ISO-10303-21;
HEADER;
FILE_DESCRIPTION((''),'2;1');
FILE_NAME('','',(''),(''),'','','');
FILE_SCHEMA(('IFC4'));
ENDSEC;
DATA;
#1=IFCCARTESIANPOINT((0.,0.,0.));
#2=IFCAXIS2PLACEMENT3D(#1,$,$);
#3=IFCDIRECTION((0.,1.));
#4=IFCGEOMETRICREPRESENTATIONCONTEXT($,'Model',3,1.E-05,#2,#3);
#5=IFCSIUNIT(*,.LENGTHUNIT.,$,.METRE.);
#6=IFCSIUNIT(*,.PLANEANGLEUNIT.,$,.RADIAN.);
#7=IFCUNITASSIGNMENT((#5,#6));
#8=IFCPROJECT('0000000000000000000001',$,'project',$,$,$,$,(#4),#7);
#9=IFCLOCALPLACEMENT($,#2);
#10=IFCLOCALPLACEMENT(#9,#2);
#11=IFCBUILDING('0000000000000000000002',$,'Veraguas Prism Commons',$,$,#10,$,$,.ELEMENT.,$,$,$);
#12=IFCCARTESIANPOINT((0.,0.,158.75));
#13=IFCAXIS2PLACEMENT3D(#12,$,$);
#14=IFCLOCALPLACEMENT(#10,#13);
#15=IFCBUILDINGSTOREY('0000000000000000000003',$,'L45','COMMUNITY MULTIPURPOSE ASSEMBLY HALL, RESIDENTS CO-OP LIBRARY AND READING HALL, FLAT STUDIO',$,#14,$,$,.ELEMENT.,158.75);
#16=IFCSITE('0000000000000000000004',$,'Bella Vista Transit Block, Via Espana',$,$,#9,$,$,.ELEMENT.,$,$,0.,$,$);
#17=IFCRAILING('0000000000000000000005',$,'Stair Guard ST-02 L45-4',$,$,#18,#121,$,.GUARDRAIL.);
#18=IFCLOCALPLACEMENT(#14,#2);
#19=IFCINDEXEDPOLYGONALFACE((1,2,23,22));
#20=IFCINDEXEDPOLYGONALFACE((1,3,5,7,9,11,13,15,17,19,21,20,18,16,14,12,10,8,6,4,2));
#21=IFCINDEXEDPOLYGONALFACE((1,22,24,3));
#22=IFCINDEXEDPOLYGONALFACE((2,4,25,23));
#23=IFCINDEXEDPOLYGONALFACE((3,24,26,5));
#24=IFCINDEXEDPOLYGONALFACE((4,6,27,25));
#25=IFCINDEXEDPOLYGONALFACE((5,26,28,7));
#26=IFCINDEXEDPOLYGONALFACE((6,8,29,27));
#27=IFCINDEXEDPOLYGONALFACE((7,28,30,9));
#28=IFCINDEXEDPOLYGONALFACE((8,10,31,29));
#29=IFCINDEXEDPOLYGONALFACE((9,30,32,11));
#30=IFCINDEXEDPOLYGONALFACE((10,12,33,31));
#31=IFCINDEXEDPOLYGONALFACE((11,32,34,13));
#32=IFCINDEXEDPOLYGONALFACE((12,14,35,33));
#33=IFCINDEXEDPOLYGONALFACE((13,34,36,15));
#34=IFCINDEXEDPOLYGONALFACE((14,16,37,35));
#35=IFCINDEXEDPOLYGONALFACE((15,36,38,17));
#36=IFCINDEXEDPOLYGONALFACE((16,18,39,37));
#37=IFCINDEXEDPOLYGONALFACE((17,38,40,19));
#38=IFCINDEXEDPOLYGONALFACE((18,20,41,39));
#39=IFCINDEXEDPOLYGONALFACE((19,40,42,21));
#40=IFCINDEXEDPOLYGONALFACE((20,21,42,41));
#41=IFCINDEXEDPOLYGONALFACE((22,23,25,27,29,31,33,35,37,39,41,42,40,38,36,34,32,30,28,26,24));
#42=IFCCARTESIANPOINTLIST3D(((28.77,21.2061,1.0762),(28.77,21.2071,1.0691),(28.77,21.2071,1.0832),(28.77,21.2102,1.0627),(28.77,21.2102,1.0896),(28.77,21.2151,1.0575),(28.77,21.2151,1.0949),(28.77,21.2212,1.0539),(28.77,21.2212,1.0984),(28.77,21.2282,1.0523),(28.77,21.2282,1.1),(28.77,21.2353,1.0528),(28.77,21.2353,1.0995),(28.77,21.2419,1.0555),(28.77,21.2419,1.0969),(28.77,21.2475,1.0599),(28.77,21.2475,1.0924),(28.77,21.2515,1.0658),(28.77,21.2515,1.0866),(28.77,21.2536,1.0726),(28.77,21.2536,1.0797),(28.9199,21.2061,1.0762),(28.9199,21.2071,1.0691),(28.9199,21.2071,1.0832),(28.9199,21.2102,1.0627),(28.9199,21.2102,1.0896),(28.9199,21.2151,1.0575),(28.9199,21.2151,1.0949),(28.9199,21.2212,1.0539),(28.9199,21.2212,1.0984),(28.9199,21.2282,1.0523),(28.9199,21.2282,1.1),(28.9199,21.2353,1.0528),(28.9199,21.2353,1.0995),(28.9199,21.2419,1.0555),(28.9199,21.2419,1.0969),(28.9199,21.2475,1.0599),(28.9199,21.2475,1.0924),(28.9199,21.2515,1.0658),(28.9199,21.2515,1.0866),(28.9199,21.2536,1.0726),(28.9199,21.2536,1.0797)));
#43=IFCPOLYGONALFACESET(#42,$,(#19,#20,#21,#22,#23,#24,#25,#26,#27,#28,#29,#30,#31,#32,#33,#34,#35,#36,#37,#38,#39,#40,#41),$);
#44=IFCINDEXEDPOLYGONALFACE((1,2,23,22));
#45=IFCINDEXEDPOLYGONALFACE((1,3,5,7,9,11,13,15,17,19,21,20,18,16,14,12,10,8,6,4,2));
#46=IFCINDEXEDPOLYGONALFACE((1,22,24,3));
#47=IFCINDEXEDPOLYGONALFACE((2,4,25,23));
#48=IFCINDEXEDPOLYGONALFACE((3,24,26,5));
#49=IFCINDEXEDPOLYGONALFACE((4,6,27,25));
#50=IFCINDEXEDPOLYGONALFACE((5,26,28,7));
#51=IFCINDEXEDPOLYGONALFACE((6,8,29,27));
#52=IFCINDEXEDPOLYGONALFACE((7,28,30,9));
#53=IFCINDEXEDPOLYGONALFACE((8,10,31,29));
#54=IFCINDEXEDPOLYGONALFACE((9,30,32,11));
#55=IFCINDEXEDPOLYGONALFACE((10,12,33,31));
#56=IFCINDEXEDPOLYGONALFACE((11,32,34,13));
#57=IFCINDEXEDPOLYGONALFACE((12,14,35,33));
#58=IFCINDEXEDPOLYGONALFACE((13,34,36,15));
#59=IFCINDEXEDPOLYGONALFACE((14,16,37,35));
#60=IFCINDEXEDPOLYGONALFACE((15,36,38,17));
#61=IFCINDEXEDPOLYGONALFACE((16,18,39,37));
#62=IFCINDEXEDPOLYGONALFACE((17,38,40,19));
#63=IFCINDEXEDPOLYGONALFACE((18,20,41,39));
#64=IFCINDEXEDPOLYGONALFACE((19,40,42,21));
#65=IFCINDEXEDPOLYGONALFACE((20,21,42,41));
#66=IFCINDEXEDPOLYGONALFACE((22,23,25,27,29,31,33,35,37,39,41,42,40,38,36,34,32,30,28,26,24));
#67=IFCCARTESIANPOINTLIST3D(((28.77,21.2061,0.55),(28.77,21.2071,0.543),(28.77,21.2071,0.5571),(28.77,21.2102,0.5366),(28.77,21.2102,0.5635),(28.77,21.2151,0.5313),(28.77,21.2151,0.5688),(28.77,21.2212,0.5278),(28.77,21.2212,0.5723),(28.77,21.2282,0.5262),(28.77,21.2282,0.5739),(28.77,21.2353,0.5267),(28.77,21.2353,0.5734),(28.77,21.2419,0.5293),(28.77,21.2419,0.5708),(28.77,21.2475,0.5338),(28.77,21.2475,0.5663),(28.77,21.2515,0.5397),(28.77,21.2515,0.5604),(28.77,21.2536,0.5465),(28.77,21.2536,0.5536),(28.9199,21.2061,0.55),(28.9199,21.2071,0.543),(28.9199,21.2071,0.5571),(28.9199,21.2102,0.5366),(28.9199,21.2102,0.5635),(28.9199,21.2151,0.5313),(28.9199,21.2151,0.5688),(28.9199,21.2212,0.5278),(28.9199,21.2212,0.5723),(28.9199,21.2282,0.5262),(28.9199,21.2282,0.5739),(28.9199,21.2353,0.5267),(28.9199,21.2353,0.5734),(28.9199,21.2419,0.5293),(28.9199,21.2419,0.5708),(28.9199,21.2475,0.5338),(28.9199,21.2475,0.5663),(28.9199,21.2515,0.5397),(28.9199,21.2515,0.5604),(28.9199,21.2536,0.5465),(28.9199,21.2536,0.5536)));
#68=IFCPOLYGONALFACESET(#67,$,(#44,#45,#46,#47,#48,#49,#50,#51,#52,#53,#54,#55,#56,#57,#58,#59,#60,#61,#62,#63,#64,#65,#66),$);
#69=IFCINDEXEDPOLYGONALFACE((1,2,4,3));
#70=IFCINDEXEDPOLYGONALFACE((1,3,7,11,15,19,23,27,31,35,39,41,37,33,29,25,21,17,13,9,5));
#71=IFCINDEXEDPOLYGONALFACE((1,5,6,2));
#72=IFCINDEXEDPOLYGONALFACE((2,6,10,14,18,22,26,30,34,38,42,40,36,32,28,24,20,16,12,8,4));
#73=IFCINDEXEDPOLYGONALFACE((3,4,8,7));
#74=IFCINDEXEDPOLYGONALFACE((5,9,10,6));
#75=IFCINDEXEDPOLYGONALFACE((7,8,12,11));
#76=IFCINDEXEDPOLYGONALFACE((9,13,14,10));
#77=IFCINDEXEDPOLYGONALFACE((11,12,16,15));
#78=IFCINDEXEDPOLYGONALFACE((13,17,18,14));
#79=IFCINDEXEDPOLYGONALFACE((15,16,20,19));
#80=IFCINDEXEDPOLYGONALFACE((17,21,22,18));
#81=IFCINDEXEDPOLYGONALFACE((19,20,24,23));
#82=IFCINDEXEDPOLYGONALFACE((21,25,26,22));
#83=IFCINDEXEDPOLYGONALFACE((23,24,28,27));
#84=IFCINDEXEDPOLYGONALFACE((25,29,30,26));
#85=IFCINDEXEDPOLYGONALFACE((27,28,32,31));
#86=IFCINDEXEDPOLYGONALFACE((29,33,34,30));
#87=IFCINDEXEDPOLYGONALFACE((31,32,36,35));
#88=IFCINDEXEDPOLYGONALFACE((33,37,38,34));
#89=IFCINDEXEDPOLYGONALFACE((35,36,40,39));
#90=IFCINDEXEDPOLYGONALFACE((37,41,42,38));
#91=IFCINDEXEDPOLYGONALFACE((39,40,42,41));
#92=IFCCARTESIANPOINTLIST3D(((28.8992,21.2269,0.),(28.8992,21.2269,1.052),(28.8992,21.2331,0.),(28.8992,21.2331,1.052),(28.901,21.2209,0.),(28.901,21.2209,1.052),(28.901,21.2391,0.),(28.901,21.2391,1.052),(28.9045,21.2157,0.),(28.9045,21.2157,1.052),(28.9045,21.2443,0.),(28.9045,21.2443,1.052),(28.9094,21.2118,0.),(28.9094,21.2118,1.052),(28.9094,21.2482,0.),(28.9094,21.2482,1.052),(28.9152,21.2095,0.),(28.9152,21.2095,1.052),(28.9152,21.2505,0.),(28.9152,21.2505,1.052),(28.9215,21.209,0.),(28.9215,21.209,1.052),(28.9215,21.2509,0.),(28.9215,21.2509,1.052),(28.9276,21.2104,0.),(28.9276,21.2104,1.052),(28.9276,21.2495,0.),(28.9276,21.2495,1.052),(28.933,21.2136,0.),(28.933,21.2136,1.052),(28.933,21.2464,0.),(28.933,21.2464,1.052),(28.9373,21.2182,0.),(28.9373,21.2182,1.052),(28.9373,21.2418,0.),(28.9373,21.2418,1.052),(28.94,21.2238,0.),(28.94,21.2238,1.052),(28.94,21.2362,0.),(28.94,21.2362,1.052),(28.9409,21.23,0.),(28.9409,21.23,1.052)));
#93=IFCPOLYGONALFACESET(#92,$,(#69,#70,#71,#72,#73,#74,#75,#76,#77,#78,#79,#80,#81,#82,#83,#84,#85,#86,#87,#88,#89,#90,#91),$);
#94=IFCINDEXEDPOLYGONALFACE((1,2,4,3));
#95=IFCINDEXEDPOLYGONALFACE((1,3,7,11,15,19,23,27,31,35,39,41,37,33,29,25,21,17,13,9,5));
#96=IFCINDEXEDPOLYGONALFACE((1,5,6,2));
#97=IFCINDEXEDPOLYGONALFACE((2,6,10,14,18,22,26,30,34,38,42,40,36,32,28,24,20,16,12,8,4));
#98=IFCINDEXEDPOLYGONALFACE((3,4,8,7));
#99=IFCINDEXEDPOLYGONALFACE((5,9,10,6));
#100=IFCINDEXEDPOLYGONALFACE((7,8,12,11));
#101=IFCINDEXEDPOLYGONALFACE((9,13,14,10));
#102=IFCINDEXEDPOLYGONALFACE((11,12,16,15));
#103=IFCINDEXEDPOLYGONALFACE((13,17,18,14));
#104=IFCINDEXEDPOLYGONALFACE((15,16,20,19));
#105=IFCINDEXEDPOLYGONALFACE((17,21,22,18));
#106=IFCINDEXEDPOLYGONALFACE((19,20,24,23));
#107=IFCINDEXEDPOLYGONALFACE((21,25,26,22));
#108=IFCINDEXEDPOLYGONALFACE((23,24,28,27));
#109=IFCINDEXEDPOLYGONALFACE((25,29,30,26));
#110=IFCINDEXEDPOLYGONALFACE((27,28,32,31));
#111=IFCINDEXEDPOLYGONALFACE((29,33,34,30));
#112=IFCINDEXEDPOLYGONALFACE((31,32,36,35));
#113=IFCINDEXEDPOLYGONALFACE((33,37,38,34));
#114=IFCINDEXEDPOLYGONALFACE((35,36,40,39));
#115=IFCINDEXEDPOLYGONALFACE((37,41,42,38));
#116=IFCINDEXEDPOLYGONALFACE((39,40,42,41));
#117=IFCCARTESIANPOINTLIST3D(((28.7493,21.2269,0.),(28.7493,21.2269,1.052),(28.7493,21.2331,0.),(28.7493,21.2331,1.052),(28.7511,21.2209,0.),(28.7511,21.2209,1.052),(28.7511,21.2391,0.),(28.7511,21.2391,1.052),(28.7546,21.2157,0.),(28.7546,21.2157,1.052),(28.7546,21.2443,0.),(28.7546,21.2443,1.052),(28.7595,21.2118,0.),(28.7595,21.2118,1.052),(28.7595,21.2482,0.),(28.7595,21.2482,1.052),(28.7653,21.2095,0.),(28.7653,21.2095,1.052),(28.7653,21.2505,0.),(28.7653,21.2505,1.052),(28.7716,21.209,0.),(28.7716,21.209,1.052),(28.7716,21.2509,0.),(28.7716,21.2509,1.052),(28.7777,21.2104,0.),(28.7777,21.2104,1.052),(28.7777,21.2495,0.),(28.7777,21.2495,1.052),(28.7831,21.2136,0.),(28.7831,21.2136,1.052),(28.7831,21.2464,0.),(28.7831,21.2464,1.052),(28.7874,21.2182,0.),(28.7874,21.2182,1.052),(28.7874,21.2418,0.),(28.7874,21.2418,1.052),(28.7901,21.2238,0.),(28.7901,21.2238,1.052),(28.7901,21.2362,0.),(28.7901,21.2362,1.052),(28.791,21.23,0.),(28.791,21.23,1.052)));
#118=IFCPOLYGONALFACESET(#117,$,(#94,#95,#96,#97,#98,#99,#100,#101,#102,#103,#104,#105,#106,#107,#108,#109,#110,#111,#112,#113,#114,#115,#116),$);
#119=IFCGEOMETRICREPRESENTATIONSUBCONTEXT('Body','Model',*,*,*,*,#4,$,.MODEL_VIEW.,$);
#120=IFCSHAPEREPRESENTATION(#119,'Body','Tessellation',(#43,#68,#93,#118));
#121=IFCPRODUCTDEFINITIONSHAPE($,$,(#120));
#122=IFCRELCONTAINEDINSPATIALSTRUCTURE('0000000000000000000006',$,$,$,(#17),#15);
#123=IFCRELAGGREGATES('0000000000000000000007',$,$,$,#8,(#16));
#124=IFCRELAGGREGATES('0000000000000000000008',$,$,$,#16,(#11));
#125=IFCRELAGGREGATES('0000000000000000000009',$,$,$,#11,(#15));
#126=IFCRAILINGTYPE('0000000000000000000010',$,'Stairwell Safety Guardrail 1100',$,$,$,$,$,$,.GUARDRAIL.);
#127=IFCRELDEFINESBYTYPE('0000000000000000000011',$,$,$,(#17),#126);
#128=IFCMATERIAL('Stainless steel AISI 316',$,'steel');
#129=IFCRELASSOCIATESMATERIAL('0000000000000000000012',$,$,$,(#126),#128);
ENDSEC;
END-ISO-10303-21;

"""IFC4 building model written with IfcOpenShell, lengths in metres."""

from ifc_helpers import new_model, si_unit, direction, frame, origin, origin_2d, place, context, subcontext, project, spatial, circle, extrude, material, type_object, element, save


model = new_model("IFC4")

# Units and contexts
model_context = context("Model", 3, precision=1e-05, world=origin(), true_north=direction((0.0, 1.0)))
body_context = subcontext(model_context, "Body", "Model", "MODEL_VIEW")
ifc_project = project(units=[si_unit("LENGTHUNIT", "METRE"), si_unit("PLANEANGLEUNIT", "RADIAN")], contexts=[model_context])

# Site, building, storey
site_placement = place(None, origin())
site = spatial("IfcSite", under=ifc_project, at=site_placement, Name="Bella Vista Transit Block, Via Espana", CompositionType="ELEMENT", RefElevation=0.0)
building_placement = place(site_placement, origin())
building = spatial("IfcBuilding", under=site, at=building_placement, Name="Veraguas Prism Commons", CompositionType="ELEMENT")
storey_placement = place(building_placement, frame((0.0, 0.0, 158.75)))
storey = spatial("IfcBuildingStorey", under=building, at=storey_placement, Name="L45", Description="COMMUNITY MULTIPURPOSE ASSEMBLY HALL, RESIDENTS CO-OP LIBRARY AND READING HALL, FLAT STUDIO", CompositionType="ELEMENT", Elevation=158.75)

# Shared definitions
ifc_material_1 = material(Name="Stainless steel AISI 316", Category="steel")

# Railing
railing_type = type_object("IfcRailingType", Name="Stairwell Safety Guardrail 1100", PredefinedType="GUARDRAIL", material=ifc_material_1)
railing_1_placement = place(storey_placement, frame((28.9199, 21.23, 0.0)))
element("IfcRailing", 1, at=railing_1_placement, inside=storey, type_object=railing_type, Name="Stair Guard ST-02 L45-4", PredefinedType="GUARDRAIL", context=body_context, shape_type="SweptSolid", body=[
    extrude(circle(Radius=0.0239, at=origin_2d()), frame((0.0, 0.0, 1.0762), z_axis=(-1.0, 0.0, 0.0), x_axis=(0.0, -1.0, 0.0)), (0.0, 0.0, 1.0), 0.1499),
    extrude(circle(Radius=0.0239, at=origin_2d()), frame((0.0, 0.0, 0.55), z_axis=(-1.0, 0.0, 0.0), x_axis=(0.0, -1.0, 0.0)), (0.0, 0.0, 1.0), 0.1499),
    extrude(circle(Radius=0.021, at=origin_2d()), origin(), (0.0, 0.0, 1.0), 1.052),
    extrude(circle(Radius=0.021, at=origin_2d()), frame((-0.1499, 0.0, 0.0)), (0.0, 0.0, 1.0), 1.052),
])

save(model, "model.ifc")
